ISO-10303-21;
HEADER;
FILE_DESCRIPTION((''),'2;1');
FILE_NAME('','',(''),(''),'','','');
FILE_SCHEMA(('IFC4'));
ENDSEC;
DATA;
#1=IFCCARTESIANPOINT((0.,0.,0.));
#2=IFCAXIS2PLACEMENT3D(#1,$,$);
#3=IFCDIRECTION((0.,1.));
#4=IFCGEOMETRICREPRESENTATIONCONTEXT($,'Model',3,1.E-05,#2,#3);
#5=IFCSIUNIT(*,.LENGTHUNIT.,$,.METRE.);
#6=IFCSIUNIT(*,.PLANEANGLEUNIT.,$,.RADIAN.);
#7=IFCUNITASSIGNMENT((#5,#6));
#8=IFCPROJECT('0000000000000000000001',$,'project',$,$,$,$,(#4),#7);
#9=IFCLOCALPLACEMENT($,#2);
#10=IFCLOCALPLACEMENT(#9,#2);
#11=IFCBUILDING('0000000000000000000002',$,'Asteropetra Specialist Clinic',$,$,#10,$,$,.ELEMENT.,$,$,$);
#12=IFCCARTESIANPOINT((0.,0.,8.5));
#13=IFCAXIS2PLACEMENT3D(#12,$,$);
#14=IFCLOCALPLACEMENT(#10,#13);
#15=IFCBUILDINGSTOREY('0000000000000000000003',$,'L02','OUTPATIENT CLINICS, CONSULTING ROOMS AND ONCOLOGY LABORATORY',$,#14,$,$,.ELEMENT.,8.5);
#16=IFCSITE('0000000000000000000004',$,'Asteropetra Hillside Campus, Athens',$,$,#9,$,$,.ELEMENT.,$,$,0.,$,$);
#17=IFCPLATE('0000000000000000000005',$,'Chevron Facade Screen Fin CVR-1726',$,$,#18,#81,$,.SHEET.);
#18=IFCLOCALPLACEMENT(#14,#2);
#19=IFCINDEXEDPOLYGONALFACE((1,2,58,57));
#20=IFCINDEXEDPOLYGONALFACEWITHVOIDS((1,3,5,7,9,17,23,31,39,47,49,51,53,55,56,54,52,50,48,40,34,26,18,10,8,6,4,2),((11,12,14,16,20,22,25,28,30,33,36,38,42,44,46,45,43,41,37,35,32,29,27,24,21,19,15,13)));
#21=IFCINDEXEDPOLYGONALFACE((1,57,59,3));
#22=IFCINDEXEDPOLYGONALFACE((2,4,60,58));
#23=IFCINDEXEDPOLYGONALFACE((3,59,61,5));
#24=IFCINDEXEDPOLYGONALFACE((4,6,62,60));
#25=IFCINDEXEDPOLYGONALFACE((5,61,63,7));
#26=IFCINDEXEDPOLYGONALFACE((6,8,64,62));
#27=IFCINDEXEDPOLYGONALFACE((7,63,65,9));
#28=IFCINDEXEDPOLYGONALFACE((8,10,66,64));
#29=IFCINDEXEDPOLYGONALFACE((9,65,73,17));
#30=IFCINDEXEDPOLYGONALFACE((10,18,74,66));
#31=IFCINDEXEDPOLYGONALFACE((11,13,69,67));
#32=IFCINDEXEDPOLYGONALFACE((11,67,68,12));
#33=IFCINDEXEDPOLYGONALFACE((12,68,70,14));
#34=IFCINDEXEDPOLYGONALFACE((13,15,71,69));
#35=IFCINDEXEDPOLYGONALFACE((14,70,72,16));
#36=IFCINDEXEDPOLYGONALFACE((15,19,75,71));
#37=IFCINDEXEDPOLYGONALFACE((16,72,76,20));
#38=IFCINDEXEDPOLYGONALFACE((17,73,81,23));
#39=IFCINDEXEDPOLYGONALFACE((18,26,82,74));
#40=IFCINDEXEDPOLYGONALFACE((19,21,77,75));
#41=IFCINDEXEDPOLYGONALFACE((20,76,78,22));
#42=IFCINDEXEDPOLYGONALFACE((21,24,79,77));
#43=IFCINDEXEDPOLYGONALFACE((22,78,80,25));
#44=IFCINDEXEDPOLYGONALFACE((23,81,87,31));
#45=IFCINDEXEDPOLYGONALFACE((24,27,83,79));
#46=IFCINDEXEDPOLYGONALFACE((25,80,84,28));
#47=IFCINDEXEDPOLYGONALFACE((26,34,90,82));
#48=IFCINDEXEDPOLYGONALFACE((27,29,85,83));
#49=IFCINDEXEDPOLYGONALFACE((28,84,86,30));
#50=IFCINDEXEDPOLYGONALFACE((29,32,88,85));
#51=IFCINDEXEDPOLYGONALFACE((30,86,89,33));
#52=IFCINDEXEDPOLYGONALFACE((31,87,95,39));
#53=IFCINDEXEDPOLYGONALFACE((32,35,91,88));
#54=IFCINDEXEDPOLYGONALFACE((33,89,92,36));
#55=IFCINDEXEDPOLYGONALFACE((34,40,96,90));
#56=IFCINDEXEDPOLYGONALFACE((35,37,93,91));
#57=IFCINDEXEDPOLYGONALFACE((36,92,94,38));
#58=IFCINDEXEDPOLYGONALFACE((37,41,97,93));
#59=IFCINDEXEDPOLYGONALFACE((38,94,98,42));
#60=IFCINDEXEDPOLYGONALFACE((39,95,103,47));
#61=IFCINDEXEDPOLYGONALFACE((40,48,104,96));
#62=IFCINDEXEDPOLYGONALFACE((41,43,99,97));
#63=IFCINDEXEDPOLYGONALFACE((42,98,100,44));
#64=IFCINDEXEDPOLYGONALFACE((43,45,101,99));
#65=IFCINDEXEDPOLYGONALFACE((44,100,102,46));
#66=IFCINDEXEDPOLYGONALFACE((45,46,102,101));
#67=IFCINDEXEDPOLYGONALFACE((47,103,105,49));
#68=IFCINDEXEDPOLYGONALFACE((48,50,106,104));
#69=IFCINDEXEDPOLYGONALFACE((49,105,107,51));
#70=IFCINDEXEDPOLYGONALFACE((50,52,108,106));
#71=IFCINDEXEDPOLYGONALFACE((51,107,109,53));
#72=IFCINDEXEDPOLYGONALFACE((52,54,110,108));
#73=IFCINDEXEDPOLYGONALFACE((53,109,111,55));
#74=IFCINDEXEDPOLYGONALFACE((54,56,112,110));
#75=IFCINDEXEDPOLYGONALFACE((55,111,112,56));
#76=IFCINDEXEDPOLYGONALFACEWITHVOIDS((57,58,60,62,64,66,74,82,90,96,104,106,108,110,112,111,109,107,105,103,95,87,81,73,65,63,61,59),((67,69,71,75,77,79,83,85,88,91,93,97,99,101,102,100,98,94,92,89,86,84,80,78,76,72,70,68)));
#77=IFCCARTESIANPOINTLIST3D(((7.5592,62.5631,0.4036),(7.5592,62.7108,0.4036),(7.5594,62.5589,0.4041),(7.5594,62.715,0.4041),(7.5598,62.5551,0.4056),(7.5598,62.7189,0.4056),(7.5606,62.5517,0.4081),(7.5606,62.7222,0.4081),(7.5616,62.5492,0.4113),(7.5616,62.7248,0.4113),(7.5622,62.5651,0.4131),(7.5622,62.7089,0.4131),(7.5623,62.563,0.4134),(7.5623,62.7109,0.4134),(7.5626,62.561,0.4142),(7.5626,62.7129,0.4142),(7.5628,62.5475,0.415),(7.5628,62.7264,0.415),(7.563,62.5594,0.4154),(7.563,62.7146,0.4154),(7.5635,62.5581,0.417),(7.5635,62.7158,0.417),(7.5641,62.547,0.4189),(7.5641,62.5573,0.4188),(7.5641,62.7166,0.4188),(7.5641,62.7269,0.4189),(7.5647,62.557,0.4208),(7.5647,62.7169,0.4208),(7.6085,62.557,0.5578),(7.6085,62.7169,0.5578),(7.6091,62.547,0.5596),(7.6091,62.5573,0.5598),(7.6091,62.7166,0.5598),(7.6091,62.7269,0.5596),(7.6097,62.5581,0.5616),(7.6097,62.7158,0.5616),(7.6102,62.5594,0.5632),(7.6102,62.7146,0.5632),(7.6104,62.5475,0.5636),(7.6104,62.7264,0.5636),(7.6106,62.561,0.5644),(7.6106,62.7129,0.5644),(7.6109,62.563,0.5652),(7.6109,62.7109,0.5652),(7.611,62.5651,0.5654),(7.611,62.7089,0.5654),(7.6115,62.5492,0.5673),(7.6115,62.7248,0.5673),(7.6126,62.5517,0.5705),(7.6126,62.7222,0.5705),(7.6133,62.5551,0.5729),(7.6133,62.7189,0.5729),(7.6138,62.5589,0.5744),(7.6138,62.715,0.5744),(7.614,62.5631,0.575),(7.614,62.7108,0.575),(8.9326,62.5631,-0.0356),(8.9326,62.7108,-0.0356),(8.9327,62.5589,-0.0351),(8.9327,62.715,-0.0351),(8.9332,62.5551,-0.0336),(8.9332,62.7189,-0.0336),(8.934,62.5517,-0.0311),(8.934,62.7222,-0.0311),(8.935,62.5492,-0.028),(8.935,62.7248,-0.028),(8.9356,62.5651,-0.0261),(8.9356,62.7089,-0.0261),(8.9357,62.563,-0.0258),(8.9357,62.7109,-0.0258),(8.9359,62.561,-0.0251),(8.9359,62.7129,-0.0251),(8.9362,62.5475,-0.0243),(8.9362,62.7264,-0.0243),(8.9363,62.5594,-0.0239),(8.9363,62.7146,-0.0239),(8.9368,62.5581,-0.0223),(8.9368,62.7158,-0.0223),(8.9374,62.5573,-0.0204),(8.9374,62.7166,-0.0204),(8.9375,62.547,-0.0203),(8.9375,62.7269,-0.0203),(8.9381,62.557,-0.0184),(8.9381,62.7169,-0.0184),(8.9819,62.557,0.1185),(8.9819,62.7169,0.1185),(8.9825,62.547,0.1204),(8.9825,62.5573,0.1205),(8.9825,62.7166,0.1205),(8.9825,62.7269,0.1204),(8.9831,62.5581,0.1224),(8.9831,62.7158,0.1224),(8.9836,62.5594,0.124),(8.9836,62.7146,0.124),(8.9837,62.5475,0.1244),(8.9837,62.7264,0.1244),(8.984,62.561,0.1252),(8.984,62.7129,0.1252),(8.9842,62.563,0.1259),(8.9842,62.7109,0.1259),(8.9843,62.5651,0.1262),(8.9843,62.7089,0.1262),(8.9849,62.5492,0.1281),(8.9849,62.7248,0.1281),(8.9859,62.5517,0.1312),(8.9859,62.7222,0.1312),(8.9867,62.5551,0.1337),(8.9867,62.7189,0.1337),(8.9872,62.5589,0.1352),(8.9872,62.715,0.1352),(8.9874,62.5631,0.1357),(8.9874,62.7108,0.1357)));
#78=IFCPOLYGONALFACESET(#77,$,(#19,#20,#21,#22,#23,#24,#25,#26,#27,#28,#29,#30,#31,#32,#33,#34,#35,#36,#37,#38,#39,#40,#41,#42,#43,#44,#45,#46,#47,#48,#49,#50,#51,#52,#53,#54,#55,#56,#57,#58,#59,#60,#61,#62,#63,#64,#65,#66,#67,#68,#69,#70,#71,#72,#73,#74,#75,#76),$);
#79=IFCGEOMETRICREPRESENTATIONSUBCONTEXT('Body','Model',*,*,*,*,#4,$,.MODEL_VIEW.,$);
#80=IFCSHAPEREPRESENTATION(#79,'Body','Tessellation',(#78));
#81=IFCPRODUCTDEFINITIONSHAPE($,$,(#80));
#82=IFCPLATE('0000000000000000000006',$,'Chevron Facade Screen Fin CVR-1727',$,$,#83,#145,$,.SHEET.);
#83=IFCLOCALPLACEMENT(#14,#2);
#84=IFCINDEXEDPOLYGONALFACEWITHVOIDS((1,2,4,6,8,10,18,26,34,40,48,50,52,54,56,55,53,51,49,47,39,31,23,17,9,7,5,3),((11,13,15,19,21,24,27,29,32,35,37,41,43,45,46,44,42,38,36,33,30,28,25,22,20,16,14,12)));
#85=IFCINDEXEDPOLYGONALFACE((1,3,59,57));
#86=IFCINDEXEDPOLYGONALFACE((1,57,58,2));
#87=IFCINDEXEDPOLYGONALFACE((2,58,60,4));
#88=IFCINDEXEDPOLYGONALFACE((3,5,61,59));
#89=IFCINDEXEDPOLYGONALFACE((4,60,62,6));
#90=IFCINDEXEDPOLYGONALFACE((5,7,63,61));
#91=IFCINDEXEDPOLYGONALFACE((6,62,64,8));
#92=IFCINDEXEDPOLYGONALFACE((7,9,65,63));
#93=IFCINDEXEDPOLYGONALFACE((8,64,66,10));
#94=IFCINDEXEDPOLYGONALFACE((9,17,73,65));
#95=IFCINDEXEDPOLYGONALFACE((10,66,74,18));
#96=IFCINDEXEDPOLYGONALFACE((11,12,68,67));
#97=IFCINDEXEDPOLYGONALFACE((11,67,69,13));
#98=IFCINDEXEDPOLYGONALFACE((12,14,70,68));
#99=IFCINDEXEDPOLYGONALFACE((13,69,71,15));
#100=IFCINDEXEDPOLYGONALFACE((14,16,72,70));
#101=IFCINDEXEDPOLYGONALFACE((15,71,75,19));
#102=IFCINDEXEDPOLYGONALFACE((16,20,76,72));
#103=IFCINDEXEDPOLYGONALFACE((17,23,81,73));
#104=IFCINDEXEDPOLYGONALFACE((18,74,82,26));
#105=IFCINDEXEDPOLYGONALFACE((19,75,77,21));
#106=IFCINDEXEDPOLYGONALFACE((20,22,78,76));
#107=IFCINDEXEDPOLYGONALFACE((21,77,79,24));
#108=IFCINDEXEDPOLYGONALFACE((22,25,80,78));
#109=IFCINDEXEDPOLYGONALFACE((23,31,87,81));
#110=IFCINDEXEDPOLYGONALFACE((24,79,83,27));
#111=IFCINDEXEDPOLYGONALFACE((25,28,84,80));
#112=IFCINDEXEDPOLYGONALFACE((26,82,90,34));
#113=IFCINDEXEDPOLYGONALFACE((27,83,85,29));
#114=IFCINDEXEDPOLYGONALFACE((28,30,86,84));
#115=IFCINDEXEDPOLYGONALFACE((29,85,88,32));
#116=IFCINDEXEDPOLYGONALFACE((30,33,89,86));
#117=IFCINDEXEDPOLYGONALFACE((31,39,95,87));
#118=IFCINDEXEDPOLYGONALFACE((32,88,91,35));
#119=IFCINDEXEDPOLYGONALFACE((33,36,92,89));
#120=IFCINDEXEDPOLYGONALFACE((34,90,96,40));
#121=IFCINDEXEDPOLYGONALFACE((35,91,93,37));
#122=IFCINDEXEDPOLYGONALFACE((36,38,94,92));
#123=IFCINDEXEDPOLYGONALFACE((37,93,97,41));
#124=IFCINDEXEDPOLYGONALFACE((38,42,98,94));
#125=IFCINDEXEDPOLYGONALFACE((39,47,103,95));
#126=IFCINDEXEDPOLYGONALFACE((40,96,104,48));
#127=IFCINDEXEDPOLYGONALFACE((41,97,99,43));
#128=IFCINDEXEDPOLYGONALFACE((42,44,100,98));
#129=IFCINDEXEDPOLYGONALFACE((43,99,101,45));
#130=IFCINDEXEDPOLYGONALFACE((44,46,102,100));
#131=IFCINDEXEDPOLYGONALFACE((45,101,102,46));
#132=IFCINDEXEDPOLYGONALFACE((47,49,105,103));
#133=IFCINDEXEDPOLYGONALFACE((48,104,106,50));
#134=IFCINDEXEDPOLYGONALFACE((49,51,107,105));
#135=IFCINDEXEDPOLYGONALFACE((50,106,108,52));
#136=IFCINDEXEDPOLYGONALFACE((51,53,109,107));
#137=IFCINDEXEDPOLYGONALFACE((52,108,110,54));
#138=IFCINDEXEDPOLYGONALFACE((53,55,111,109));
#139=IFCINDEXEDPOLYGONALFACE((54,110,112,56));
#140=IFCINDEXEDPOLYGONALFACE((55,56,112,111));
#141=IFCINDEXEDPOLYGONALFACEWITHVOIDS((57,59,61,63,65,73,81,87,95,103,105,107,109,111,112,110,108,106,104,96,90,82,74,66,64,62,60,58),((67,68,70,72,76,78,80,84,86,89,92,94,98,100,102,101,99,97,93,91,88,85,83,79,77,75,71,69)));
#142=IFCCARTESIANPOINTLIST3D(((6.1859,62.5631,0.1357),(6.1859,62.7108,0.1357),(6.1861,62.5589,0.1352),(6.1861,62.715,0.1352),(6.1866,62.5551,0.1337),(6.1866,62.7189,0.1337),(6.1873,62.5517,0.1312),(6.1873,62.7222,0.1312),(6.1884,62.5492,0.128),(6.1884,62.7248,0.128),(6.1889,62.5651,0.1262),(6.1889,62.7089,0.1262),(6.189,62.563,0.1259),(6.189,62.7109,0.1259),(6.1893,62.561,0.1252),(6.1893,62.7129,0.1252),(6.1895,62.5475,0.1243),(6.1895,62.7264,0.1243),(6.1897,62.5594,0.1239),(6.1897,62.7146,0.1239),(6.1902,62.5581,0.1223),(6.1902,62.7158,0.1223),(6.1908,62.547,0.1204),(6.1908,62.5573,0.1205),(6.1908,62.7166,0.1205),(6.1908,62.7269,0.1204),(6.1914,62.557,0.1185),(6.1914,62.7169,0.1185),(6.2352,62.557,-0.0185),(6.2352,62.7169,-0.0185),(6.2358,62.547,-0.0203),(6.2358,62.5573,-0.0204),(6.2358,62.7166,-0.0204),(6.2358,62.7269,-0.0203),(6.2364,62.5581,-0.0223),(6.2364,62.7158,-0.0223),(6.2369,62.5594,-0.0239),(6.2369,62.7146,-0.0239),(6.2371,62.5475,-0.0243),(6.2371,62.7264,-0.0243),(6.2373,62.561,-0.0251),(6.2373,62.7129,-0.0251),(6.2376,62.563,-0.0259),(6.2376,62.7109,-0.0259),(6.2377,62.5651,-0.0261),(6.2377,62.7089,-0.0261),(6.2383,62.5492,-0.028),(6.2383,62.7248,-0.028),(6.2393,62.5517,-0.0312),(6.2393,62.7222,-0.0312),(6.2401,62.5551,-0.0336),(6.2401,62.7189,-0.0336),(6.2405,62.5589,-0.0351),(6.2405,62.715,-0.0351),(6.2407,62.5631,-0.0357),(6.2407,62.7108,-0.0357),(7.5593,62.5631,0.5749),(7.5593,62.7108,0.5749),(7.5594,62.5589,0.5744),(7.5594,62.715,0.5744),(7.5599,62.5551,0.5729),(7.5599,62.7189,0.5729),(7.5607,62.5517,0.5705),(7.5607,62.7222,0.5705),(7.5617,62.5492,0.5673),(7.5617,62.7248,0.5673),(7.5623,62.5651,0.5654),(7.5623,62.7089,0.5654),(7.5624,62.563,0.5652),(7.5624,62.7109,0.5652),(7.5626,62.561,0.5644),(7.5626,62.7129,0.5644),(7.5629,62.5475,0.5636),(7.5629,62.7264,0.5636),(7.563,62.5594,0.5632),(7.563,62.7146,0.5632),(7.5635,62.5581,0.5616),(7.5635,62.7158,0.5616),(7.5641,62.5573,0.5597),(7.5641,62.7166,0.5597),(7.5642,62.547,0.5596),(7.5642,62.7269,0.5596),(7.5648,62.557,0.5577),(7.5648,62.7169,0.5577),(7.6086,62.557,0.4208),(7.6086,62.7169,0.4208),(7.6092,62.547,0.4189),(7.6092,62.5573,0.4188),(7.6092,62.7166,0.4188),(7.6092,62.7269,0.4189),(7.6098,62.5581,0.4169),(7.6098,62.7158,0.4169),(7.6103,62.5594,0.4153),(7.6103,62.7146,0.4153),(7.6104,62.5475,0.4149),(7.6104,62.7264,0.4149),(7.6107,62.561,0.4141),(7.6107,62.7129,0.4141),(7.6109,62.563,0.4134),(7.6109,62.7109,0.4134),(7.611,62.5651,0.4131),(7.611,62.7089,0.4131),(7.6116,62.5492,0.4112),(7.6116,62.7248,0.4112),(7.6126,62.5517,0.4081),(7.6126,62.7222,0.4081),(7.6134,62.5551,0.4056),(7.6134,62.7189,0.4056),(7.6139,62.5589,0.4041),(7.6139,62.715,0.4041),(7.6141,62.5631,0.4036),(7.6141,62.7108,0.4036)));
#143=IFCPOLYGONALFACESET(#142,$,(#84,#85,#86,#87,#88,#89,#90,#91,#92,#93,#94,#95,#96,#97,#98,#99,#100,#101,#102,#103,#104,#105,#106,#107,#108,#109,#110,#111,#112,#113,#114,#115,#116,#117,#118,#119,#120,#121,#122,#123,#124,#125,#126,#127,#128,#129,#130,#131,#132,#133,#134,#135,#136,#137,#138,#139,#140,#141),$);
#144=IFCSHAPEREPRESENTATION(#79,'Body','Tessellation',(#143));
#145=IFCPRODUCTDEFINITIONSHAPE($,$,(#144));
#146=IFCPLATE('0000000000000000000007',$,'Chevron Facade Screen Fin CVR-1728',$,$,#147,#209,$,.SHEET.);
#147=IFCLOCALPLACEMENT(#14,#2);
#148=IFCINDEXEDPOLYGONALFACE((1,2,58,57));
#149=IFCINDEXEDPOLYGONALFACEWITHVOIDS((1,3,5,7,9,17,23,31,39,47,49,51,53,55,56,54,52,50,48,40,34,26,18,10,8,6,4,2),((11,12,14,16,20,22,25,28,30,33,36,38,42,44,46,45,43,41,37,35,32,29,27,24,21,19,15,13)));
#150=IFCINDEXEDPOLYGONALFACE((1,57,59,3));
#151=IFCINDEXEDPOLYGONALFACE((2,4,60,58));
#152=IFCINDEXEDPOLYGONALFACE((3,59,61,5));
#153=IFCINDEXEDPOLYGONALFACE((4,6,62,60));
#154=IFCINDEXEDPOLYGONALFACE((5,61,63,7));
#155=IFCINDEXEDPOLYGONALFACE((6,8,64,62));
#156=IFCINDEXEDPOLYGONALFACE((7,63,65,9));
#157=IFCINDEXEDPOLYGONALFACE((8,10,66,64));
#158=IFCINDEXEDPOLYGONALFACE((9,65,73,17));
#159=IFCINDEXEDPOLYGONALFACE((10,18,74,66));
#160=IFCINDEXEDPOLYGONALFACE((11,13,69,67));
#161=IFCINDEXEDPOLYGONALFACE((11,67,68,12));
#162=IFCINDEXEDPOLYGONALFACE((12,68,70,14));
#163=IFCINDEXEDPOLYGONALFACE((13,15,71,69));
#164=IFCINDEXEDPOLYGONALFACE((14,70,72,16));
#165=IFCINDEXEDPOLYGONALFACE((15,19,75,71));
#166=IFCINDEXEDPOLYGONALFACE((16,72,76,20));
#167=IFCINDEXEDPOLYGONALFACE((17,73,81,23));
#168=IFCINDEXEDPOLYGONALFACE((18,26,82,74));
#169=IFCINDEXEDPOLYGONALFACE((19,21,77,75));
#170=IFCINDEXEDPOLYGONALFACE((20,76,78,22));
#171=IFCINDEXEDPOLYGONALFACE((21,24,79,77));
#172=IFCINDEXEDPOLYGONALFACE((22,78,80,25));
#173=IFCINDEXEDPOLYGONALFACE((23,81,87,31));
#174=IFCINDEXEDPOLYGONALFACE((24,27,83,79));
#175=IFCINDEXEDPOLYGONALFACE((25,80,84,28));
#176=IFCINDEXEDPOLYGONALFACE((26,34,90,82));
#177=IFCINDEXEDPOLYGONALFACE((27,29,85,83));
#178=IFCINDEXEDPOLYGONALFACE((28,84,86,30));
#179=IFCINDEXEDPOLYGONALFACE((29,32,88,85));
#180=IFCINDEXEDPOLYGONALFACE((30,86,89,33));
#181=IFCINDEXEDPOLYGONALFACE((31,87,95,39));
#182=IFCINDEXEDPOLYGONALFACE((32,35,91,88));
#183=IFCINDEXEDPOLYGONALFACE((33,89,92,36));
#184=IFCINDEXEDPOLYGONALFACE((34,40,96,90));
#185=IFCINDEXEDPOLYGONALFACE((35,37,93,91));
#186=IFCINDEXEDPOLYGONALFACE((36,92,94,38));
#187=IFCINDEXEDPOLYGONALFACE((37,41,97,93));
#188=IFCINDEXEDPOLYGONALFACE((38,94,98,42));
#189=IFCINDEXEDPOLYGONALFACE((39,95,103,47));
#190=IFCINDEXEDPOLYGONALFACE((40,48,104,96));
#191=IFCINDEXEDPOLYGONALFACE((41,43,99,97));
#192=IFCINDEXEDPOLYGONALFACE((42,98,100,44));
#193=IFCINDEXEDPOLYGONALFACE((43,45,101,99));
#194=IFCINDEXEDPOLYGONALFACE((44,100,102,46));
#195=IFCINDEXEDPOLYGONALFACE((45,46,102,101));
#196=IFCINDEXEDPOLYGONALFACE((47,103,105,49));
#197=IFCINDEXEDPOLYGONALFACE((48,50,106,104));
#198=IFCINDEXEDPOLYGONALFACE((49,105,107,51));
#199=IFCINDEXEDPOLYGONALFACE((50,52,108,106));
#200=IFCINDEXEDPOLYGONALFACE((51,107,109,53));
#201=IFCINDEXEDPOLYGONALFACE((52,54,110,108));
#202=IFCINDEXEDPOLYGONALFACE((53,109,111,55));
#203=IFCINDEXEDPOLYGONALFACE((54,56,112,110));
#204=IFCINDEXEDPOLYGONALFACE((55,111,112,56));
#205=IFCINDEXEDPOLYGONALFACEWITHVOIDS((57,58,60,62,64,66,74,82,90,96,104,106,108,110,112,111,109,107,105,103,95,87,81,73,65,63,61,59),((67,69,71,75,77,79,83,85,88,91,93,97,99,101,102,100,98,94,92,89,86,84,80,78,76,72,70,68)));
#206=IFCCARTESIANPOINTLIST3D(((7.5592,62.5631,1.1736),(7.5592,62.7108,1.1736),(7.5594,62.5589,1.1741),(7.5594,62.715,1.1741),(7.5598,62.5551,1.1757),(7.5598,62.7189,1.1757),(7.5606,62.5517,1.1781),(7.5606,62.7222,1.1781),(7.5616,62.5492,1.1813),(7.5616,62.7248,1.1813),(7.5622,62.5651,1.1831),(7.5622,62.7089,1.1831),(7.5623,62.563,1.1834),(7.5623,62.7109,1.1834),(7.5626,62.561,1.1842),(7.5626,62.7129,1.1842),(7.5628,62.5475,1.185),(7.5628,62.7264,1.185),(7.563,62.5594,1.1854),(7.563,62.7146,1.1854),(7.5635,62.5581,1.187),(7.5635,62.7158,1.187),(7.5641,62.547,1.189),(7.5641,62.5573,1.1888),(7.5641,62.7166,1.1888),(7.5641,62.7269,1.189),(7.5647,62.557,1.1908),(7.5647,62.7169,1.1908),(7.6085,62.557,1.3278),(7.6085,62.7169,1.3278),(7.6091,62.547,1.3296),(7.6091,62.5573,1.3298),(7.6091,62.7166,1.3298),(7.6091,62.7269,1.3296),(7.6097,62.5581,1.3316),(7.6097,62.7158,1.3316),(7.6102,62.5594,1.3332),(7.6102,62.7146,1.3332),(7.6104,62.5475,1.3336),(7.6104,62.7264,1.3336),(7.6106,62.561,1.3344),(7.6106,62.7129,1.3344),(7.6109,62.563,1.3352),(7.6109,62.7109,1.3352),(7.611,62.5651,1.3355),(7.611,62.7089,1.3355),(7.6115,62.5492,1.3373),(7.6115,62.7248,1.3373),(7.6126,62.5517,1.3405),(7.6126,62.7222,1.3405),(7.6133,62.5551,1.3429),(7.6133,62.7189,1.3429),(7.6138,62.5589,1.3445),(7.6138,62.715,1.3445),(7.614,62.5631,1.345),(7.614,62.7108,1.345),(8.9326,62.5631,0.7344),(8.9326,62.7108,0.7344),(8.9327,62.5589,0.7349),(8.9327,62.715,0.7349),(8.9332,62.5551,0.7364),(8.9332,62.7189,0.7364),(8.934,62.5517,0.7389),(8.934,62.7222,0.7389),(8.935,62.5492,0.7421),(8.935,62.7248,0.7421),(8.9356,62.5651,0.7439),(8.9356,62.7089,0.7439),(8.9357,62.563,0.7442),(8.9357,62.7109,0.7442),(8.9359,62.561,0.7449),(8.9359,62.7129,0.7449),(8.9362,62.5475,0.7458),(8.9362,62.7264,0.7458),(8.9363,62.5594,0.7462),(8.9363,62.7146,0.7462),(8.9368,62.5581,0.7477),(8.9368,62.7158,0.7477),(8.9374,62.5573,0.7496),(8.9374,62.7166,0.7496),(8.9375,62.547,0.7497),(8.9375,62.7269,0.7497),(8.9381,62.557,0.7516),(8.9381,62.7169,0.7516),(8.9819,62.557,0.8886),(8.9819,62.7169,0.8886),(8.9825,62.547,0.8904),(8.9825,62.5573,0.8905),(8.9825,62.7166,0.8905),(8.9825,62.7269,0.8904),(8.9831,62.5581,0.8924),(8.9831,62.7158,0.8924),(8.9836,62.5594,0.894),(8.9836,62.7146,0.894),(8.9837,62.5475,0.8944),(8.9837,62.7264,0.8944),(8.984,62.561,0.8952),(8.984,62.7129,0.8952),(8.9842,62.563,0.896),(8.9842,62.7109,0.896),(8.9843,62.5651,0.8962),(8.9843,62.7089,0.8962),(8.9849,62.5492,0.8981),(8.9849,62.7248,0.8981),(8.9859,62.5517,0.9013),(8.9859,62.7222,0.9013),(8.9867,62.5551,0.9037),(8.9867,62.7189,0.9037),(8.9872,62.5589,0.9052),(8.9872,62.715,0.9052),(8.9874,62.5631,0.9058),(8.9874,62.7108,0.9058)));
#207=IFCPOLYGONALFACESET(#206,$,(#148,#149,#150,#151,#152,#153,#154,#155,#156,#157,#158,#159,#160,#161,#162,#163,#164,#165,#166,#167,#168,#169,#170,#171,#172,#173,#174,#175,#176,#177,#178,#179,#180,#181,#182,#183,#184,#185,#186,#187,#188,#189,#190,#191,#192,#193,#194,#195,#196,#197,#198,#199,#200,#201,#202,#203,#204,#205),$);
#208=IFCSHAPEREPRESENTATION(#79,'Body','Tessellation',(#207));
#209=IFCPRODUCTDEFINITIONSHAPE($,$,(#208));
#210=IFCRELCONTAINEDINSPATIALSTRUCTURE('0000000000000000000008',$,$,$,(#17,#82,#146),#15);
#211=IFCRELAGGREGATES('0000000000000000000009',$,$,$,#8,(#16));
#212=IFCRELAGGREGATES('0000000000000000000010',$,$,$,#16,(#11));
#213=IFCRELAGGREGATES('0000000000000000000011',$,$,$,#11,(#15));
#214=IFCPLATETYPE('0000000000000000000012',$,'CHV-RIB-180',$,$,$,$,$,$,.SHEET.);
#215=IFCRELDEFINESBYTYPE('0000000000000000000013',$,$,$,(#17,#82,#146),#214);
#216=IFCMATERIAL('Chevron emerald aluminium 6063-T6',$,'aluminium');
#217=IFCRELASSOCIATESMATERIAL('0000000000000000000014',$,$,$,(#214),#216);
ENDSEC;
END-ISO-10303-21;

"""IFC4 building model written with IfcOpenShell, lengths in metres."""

from ifc_helpers import new_model, si_unit, direction, frame, origin, origin_2d, place, context, subcontext, project, spatial, hollow_rectangle, extrude, material, material_profile, profile_set, type_object, element, save


model = new_model("IFC4")

# Units and contexts
model_context = context("Model", 3, precision=1e-05, world=origin(), true_north=direction((0.0, 1.0)))
body_context = subcontext(model_context, "Body", "Model", "MODEL_VIEW")
ifc_project = project(units=[si_unit("LENGTHUNIT", "METRE"), si_unit("PLANEANGLEUNIT", "RADIAN")], contexts=[model_context])

# Site, building, storey
site_placement = place(None, origin())
site = spatial("IfcSite", under=ifc_project, at=site_placement, Name="Asteropetra Hillside Campus, Athens", CompositionType="ELEMENT", RefElevation=0.0)
building_placement = place(site_placement, origin())
building = spatial("IfcBuilding", under=site, at=building_placement, Name="Asteropetra Specialist Clinic", CompositionType="ELEMENT")
storey_placement = place(building_placement, frame((0.0, 0.0, 8.5)))
storey = spatial("IfcBuildingStorey", under=building, at=storey_placement, Name="L02", Description="OUTPATIENT CLINICS, CONSULTING ROOMS AND ONCOLOGY LABORATORY", CompositionType="ELEMENT", Elevation=8.5)

# Plates
ifc_material_1 = material(Name="Chevron emerald aluminium 6063-T6", Category="aluminium")
ifc_material_profile_1 = material_profile(ifc_material_1, hollow_rectangle(XDim=0.1799, YDim=0.1799, WallThickness=0.01, InnerFilletRadius=0.0081, OuterFilletRadius=0.0161, at=origin_2d()), Name="SHS 180x180x10.0")
ifc_profile_set_1 = profile_set([ifc_material_profile_1], Name="Chevron emerald aluminium 6063-T6")
plate_type_1 = type_object("IfcPlateType", Name="CHV-RIB-180", PredefinedType="SHEET", material=ifc_profile_set_1)
for number, where, z_axis, x_axis, name in (
    (1, (8.96, 62.637, 0.05), (-0.952473, 0.0, 0.304622), (0.0, -1.0, 0.0), "Chevron Facade Screen Fin CVR-1726"),
    (2, (7.5867, 62.637, 0.4893), (-0.952473, 0.0, -0.304622), (0.0, -1.0, 0.0), "Chevron Facade Screen Fin CVR-1727"),
    (3, (8.96, 62.637, 0.8201), (-0.952473, 0.0, 0.304622), (0.0, -1.0, 0.0), "Chevron Facade Screen Fin CVR-1728"),
):
    element("IfcPlate", number, at=place(storey_placement, frame(where, z_axis=z_axis, x_axis=x_axis)), inside=storey, type_object=plate_type_1, Name=name, PredefinedType="SHEET", context=body_context, shape_type="SweptSolid", body=[
        extrude(hollow_rectangle(XDim=0.1799, YDim=0.1799, WallThickness=0.01, InnerFilletRadius=0.0081, OuterFilletRadius=0.0161, at=origin_2d()), origin(), (0.0, 0.0, 1.0), 1.4419),
    ])

save(model, "model.ifc")
